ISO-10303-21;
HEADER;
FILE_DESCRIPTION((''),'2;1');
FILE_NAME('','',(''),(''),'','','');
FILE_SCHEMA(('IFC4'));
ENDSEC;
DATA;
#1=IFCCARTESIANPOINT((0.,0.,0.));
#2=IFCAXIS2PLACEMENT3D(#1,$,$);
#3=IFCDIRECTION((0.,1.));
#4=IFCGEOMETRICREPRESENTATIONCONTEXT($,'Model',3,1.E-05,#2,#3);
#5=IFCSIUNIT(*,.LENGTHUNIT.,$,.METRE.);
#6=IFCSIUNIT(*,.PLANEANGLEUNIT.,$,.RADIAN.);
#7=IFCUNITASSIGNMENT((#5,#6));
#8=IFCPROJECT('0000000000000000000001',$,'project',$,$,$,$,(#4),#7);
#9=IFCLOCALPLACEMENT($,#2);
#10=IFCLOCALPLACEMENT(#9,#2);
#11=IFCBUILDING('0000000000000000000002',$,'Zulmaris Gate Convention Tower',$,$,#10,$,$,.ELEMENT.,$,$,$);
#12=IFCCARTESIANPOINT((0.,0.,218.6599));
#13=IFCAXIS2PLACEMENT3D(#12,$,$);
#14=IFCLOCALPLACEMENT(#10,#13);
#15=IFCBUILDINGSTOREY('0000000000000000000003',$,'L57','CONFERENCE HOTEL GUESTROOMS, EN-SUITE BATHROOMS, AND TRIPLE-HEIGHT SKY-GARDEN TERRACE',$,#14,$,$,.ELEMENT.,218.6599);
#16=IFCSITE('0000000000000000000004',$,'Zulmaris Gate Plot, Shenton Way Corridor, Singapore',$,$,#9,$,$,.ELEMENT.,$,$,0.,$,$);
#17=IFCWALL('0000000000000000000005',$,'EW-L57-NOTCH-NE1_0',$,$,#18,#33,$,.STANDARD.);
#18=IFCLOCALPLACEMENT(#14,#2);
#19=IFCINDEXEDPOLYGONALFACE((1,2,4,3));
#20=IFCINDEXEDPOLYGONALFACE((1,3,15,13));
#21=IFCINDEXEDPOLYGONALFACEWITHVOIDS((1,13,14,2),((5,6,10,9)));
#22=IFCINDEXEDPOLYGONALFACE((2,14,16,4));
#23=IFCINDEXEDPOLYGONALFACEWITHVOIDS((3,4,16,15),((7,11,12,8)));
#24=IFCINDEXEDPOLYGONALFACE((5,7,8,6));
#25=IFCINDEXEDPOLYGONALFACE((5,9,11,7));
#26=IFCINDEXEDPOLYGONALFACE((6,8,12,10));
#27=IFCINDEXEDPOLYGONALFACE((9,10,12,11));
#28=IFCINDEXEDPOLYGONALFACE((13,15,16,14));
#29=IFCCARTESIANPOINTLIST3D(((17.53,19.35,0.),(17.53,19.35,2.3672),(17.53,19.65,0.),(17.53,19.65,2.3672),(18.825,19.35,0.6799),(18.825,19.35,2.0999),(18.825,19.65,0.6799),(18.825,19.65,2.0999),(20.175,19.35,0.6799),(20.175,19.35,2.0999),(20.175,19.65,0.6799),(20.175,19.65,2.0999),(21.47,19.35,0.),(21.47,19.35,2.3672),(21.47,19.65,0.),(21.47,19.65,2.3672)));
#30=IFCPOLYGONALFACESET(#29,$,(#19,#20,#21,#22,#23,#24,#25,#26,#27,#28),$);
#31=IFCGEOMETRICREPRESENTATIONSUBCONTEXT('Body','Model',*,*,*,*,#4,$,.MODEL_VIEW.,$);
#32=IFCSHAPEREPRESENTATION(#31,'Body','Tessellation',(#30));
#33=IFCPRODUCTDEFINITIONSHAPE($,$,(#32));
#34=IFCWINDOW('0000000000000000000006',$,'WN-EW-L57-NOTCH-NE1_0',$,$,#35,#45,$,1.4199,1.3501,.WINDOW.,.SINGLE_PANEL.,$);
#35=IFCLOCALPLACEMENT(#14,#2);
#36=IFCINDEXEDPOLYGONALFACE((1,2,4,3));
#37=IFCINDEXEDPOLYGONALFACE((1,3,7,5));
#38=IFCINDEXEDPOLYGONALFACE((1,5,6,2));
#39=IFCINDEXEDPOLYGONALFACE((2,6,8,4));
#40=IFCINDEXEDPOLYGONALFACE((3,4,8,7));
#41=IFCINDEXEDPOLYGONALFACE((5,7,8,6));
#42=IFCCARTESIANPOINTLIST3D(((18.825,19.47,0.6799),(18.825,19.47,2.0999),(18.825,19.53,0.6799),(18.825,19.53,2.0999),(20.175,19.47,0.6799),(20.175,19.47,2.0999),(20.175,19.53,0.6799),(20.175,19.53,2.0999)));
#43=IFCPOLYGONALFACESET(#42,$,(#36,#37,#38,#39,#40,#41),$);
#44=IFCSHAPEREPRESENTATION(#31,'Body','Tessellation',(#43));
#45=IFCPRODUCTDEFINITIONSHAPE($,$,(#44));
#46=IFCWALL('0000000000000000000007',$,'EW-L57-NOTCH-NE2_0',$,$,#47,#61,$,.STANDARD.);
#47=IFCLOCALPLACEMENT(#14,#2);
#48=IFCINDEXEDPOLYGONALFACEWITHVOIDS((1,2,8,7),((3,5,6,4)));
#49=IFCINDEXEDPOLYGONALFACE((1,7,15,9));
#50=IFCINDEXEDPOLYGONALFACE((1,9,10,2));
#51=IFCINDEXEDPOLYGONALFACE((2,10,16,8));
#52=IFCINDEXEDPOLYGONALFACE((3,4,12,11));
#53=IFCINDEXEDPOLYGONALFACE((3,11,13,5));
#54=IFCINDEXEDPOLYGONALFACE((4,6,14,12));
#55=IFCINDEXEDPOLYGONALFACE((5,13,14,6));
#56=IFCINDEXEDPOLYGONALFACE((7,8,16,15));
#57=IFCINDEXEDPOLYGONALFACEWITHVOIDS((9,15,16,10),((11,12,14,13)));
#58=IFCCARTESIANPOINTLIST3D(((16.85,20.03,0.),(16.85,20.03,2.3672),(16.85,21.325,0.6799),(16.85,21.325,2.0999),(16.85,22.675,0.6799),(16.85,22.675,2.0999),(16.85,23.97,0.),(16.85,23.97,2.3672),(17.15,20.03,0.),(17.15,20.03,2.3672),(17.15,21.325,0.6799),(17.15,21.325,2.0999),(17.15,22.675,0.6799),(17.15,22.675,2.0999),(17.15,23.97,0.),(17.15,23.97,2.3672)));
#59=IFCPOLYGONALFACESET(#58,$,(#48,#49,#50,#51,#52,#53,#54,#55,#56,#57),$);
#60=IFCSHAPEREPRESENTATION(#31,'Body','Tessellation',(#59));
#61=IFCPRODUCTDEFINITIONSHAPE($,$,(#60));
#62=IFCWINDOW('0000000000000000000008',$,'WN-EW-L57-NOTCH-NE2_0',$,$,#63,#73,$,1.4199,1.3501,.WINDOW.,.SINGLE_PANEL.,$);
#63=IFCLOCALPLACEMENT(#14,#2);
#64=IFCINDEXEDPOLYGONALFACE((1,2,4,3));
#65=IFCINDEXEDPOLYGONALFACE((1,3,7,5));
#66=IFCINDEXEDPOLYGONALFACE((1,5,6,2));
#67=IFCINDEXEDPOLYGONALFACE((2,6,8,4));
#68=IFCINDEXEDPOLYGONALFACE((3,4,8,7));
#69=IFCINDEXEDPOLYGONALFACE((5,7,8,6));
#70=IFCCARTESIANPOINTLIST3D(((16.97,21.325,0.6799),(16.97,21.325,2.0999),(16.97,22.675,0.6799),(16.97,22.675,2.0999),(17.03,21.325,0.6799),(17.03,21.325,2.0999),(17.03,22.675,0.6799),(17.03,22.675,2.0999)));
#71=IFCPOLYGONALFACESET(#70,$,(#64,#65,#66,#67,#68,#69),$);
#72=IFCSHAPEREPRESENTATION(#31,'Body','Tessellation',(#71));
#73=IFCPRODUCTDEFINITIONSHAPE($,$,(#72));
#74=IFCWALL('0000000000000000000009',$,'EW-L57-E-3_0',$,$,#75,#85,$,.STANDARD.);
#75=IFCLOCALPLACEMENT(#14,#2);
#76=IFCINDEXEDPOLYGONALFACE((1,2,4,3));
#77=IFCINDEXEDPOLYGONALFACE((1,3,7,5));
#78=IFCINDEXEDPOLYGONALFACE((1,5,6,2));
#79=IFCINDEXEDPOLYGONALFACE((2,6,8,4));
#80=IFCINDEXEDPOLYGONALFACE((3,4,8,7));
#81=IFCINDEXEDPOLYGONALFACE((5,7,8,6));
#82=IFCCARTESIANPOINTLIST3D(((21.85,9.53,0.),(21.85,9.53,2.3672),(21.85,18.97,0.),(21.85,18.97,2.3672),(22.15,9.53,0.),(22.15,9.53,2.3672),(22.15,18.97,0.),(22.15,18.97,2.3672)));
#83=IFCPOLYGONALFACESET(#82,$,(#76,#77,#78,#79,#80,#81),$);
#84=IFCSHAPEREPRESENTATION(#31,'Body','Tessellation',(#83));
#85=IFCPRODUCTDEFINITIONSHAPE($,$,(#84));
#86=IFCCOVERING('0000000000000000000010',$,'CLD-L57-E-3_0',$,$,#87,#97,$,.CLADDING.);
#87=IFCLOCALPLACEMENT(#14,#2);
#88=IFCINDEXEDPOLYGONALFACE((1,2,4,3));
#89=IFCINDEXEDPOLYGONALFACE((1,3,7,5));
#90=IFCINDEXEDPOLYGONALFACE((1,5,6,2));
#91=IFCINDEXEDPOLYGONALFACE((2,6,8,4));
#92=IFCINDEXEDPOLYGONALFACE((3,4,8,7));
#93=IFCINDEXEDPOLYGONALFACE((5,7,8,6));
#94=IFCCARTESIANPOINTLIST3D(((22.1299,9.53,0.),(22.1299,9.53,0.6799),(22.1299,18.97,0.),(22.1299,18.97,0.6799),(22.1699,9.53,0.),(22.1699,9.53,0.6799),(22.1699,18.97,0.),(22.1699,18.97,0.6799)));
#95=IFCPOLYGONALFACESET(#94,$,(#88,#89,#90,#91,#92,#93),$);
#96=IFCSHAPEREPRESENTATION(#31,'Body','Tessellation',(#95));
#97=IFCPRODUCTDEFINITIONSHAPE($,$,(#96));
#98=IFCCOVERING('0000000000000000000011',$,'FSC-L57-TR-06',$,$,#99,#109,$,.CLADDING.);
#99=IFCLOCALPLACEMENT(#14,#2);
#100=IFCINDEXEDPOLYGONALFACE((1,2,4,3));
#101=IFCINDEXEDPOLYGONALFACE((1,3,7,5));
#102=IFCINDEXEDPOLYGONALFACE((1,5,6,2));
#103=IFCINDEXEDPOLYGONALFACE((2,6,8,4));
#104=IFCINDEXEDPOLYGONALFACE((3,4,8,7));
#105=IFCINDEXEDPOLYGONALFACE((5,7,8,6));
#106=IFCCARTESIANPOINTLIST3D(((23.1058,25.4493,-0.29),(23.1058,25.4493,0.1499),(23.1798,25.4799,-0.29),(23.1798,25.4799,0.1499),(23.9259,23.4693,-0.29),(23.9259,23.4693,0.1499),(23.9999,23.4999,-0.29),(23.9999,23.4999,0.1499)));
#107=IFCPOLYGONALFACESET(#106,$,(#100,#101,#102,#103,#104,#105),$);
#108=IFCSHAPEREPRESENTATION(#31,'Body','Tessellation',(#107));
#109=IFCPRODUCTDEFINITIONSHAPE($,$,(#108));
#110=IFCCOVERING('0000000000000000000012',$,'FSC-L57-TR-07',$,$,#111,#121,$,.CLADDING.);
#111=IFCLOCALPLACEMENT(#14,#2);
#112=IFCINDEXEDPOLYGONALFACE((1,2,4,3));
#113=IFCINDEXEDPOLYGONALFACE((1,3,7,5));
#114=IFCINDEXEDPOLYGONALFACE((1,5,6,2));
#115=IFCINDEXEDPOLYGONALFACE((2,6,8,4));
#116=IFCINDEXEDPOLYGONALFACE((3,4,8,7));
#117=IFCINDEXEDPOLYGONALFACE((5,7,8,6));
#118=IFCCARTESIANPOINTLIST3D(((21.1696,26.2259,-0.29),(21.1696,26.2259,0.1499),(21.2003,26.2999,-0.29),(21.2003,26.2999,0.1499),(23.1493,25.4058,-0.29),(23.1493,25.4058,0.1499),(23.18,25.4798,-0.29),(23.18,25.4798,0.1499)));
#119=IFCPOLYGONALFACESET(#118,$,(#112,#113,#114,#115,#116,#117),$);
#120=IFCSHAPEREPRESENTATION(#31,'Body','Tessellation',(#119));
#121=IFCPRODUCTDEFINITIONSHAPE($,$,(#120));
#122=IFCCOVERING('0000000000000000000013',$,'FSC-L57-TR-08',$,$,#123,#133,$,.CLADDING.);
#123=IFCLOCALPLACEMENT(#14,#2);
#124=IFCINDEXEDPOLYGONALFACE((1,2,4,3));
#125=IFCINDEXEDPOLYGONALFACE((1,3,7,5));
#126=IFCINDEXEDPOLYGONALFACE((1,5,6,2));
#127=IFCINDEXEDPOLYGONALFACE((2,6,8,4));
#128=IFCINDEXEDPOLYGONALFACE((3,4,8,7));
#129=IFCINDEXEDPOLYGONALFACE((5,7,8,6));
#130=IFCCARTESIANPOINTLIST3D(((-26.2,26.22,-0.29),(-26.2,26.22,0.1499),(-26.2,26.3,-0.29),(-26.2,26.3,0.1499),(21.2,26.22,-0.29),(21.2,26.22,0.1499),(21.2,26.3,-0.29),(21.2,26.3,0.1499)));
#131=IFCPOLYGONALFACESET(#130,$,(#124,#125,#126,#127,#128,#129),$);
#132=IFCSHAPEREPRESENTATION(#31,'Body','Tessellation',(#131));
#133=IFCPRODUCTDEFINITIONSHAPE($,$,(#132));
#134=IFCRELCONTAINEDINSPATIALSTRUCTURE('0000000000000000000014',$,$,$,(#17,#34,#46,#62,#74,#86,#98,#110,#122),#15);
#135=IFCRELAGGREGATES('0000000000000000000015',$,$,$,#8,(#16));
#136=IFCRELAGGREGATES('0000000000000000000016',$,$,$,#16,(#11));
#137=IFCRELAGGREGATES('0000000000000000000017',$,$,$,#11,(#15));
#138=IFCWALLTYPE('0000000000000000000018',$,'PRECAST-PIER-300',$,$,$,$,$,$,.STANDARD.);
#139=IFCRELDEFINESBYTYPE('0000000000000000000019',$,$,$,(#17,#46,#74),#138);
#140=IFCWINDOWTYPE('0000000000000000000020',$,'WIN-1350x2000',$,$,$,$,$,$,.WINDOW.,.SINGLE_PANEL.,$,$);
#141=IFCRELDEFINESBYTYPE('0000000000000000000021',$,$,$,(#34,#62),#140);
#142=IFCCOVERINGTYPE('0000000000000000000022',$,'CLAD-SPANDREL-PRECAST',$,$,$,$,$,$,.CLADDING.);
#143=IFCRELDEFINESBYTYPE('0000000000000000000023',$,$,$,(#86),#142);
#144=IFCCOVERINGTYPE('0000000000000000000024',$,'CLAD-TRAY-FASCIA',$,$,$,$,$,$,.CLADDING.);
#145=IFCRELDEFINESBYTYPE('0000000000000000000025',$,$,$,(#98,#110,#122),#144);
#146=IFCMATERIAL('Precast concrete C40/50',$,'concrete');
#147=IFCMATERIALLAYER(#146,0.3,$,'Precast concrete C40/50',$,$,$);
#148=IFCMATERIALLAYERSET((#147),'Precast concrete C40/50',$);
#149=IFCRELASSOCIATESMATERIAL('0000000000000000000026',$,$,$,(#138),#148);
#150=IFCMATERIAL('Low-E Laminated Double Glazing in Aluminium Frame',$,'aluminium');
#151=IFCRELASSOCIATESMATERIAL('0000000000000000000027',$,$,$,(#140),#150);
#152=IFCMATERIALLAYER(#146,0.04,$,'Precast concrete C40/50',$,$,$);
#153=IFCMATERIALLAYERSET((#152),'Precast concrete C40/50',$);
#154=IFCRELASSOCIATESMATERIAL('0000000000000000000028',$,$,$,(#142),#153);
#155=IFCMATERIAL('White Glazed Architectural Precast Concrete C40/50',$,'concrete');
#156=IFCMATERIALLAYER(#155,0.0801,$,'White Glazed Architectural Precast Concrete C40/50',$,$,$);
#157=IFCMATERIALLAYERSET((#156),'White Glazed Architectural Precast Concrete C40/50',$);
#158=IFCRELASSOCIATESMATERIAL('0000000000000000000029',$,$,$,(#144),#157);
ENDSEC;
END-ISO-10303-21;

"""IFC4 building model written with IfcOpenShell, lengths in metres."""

from ifc_helpers import new_model, si_unit, direction, frame, frame_2d, origin, place, context, subcontext, project, spatial, rectangle, extrude, material, layer, layer_set, type_object, element, fill, save


model = new_model("IFC4")

# Units and contexts
model_context = context("Model", 3, precision=1e-05, world=origin(), true_north=direction((0.0, 1.0)))
body_context = subcontext(model_context, "Body", "Model", "MODEL_VIEW")
ifc_project = project(units=[si_unit("LENGTHUNIT", "METRE"), si_unit("PLANEANGLEUNIT", "RADIAN")], contexts=[model_context])

# Site, building, storey
site_placement = place(None, origin())
site = spatial("IfcSite", under=ifc_project, at=site_placement, Name="Zulmaris Gate Plot, Shenton Way Corridor, Singapore", CompositionType="ELEMENT", RefElevation=0.0)
building_placement = place(site_placement, origin())
building = spatial("IfcBuilding", under=site, at=building_placement, Name="Zulmaris Gate Convention Tower", CompositionType="ELEMENT")
storey_placement = place(building_placement, frame((0.0, 0.0, 218.6599)))
storey = spatial("IfcBuildingStorey", under=building, at=storey_placement, Name="L57", Description="CONFERENCE HOTEL GUESTROOMS, EN-SUITE BATHROOMS, AND TRIPLE-HEIGHT SKY-GARDEN TERRACE", CompositionType="ELEMENT", Elevation=218.6599)

# Walls, openings, windows
ifc_material_1 = material(Name="Precast concrete C40/50", Category="concrete")
ifc_layer_1 = layer(ifc_material_1, 0.3, Name="Precast concrete C40/50")
ifc_layer_set_1 = layer_set([ifc_layer_1], Name="Precast concrete C40/50")
wall_type_1 = type_object("IfcWallType", Name="PRECAST-PIER-300", PredefinedType="STANDARD", material=ifc_layer_set_1)
wall_1_placement = place(storey_placement, frame((21.47, 19.5, 0.0), z_axis=(0.0, 0.0, 1.0), x_axis=(-1.0, 0.0, 0.0)))
wall_1 = element("IfcWall", 1, at=wall_1_placement, inside=storey, type_object=wall_type_1, Name="EW-L57-NOTCH-NE1_0", PredefinedType="STANDARD", context=body_context, shape_type="SweptSolid", body=[
    extrude(rectangle(XDim=3.9399, YDim=0.3, at=frame_2d((1.97, 0.0))), origin(), (0.0, 0.0, 1.0), 2.3672),
])
opening_1_placement = place(wall_1_placement, frame((1.2949, 0.0, 0.6799)))
opening_1 = element("IfcOpeningElement", 2, at=opening_1_placement, cuts=wall_1, PredefinedType="OPENING", context=body_context, shape_type="SweptSolid", body=[
    extrude(rectangle(XDim=1.3501, YDim=1.4199, at=frame_2d((0.675, 0.71))), frame((0.0, 0.1602, 0.0), z_axis=(0.0, -1.0, 0.0), x_axis=(1.0, 0.0, 0.0)), (0.0, 0.0, 1.0), 0.3201),
])
ifc_material_2 = material(Name="Low-E Laminated Double Glazing in Aluminium Frame", Category="aluminium")
window_type = type_object("IfcWindowType", Name="WIN-1350x2000", PartitioningType="SINGLE_PANEL", PredefinedType="WINDOW", material=ifc_material_2)
window_1_placement = place(opening_1_placement, origin())
window_1 = element("IfcWindow", 3, at=window_1_placement, inside=storey, type_object=window_type, Name="WN-EW-L57-NOTCH-NE1_0", OverallHeight=1.4199, OverallWidth=1.3501, PartitioningType="SINGLE_PANEL", PredefinedType="WINDOW", context=body_context, shape_type="SweptSolid", body=[
    extrude(rectangle(XDim=1.3501, YDim=1.4199, at=frame_2d((0.675, 0.71))), frame((0.0, 0.03, 0.0), z_axis=(0.0, -1.0, 0.0), x_axis=(1.0, 0.0, 0.0)), (0.0, 0.0, 1.0), 0.0601),
])
fill(opening_1, window_1)
wall_2_placement = place(storey_placement, frame((17.0, 20.03, 0.0), z_axis=(0.0, 0.0, 1.0), x_axis=(0.0, 1.0, 0.0)))
wall_2 = element("IfcWall", 4, at=wall_2_placement, inside=storey, type_object=wall_type_1, Name="EW-L57-NOTCH-NE2_0", PredefinedType="STANDARD", context=body_context, shape_type="SweptSolid", body=[
    extrude(rectangle(XDim=3.9399, YDim=0.3, at=frame_2d((1.97, 0.0))), origin(), (0.0, 0.0, 1.0), 2.3672),
])
opening_2_placement = place(wall_2_placement, frame((1.2949, 0.0, 0.6799)))
opening_2 = element("IfcOpeningElement", 5, at=opening_2_placement, cuts=wall_2, PredefinedType="OPENING", context=body_context, shape_type="SweptSolid", body=[
    extrude(rectangle(XDim=1.3501, YDim=1.4199, at=frame_2d((0.675, 0.71))), frame((0.0, 0.1602, 0.0), z_axis=(0.0, -1.0, 0.0), x_axis=(1.0, 0.0, 0.0)), (0.0, 0.0, 1.0), 0.3201),
])
window_2_placement = place(opening_2_placement, origin())
window_2 = element("IfcWindow", 6, at=window_2_placement, inside=storey, type_object=window_type, Name="WN-EW-L57-NOTCH-NE2_0", OverallHeight=1.4199, OverallWidth=1.3501, PartitioningType="SINGLE_PANEL", PredefinedType="WINDOW", context=body_context, shape_type="SweptSolid", body=[
    extrude(rectangle(XDim=1.3501, YDim=1.4199, at=frame_2d((0.675, 0.71))), frame((0.0, 0.03, 0.0), z_axis=(0.0, -1.0, 0.0), x_axis=(1.0, 0.0, 0.0)), (0.0, 0.0, 1.0), 0.0601),
])
fill(opening_2, window_2)

# Wall
wall_3_placement = place(storey_placement, frame((22.0, 9.53, 0.0), z_axis=(0.0, 0.0, 1.0), x_axis=(0.0, 1.0, 0.0)))
element("IfcWall", 7, at=wall_3_placement, inside=storey, type_object=wall_type_1, Name="EW-L57-E-3_0", PredefinedType="STANDARD", context=body_context, shape_type="SweptSolid", body=[
    extrude(rectangle(XDim=9.4399, YDim=0.3, at=frame_2d((4.72, 0.0))), origin(), (0.0, 0.0, 1.0), 2.3672),
])

# Coverings
ifc_layer_2 = layer(ifc_material_1, 0.04, Name="Precast concrete C40/50")
ifc_layer_set_2 = layer_set([ifc_layer_2], Name="Precast concrete C40/50")
covering_type_1 = type_object("IfcCoveringType", Name="CLAD-SPANDREL-PRECAST", PredefinedType="CLADDING", material=ifc_layer_set_2)
covering_1_placement = place(storey_placement, frame((22.1499, 9.53, 0.0), z_axis=(0.0, 0.0, 1.0), x_axis=(0.0, 1.0, 0.0)))
element("IfcCovering", 8, at=covering_1_placement, inside=storey, type_object=covering_type_1, Name="CLD-L57-E-3_0", PredefinedType="CLADDING", context=body_context, shape_type="SweptSolid", body=[
    extrude(rectangle(XDim=9.4399, YDim=0.04, at=frame_2d((4.72, 0.0))), origin(), (0.0, 0.0, 1.0), 0.6799),
])
ifc_material_3 = material(Name="White Glazed Architectural Precast Concrete C40/50", Category="concrete")
ifc_layer_3 = layer(ifc_material_3, 0.0801, Name="White Glazed Architectural Precast Concrete C40/50")
ifc_layer_set_3 = layer_set([ifc_layer_3], Name="White Glazed Architectural Precast Concrete C40/50")
covering_type_2 = type_object("IfcCoveringType", Name="CLAD-TRAY-FASCIA", PredefinedType="CLADDING", material=ifc_layer_set_3)
covering_2_placement = place(storey_placement, frame((23.9629, 23.4846, -0.29), z_axis=(0.0, 0.0, 1.0), x_axis=(-0.382657, 0.92389, 0.0)))
element("IfcCovering", 9, at=covering_2_placement, inside=storey, type_object=covering_type_2, Name="FSC-L57-TR-06", PredefinedType="CLADDING", context=body_context, shape_type="SweptSolid", body=[
    extrude(rectangle(XDim=2.1431, YDim=0.0801, at=frame_2d((1.0715, 0.0))), origin(), (0.0, 0.0, 1.0), 0.4399),
])
covering_3_placement = place(storey_placement, frame((23.1646, 25.4429, -0.29), z_axis=(0.0, 0.0, 1.0), x_axis=(-0.923874, 0.382697, 0.0)))
element("IfcCovering", 10, at=covering_3_placement, inside=storey, type_object=covering_type_2, Name="FSC-L57-TR-07", PredefinedType="CLADDING", context=body_context, shape_type="SweptSolid", body=[
    extrude(rectangle(XDim=2.1428, YDim=0.0801, at=frame_2d((1.0713, 0.0))), origin(), (0.0, 0.0, 1.0), 0.4399),
])
covering_4_placement = place(storey_placement, frame((21.2, 26.26, -0.29), z_axis=(0.0, 0.0, 1.0), x_axis=(-1.0, 0.0, 0.0)))
element("IfcCovering", 11, at=covering_4_placement, inside=storey, type_object=covering_type_2, Name="FSC-L57-TR-08", PredefinedType="CLADDING", context=body_context, shape_type="SweptSolid", body=[
    extrude(rectangle(XDim=47.3999, YDim=0.0801, at=frame_2d((23.7, 0.0))), origin(), (0.0, 0.0, 1.0), 0.4399),
])

save(model, "model.ifc")
